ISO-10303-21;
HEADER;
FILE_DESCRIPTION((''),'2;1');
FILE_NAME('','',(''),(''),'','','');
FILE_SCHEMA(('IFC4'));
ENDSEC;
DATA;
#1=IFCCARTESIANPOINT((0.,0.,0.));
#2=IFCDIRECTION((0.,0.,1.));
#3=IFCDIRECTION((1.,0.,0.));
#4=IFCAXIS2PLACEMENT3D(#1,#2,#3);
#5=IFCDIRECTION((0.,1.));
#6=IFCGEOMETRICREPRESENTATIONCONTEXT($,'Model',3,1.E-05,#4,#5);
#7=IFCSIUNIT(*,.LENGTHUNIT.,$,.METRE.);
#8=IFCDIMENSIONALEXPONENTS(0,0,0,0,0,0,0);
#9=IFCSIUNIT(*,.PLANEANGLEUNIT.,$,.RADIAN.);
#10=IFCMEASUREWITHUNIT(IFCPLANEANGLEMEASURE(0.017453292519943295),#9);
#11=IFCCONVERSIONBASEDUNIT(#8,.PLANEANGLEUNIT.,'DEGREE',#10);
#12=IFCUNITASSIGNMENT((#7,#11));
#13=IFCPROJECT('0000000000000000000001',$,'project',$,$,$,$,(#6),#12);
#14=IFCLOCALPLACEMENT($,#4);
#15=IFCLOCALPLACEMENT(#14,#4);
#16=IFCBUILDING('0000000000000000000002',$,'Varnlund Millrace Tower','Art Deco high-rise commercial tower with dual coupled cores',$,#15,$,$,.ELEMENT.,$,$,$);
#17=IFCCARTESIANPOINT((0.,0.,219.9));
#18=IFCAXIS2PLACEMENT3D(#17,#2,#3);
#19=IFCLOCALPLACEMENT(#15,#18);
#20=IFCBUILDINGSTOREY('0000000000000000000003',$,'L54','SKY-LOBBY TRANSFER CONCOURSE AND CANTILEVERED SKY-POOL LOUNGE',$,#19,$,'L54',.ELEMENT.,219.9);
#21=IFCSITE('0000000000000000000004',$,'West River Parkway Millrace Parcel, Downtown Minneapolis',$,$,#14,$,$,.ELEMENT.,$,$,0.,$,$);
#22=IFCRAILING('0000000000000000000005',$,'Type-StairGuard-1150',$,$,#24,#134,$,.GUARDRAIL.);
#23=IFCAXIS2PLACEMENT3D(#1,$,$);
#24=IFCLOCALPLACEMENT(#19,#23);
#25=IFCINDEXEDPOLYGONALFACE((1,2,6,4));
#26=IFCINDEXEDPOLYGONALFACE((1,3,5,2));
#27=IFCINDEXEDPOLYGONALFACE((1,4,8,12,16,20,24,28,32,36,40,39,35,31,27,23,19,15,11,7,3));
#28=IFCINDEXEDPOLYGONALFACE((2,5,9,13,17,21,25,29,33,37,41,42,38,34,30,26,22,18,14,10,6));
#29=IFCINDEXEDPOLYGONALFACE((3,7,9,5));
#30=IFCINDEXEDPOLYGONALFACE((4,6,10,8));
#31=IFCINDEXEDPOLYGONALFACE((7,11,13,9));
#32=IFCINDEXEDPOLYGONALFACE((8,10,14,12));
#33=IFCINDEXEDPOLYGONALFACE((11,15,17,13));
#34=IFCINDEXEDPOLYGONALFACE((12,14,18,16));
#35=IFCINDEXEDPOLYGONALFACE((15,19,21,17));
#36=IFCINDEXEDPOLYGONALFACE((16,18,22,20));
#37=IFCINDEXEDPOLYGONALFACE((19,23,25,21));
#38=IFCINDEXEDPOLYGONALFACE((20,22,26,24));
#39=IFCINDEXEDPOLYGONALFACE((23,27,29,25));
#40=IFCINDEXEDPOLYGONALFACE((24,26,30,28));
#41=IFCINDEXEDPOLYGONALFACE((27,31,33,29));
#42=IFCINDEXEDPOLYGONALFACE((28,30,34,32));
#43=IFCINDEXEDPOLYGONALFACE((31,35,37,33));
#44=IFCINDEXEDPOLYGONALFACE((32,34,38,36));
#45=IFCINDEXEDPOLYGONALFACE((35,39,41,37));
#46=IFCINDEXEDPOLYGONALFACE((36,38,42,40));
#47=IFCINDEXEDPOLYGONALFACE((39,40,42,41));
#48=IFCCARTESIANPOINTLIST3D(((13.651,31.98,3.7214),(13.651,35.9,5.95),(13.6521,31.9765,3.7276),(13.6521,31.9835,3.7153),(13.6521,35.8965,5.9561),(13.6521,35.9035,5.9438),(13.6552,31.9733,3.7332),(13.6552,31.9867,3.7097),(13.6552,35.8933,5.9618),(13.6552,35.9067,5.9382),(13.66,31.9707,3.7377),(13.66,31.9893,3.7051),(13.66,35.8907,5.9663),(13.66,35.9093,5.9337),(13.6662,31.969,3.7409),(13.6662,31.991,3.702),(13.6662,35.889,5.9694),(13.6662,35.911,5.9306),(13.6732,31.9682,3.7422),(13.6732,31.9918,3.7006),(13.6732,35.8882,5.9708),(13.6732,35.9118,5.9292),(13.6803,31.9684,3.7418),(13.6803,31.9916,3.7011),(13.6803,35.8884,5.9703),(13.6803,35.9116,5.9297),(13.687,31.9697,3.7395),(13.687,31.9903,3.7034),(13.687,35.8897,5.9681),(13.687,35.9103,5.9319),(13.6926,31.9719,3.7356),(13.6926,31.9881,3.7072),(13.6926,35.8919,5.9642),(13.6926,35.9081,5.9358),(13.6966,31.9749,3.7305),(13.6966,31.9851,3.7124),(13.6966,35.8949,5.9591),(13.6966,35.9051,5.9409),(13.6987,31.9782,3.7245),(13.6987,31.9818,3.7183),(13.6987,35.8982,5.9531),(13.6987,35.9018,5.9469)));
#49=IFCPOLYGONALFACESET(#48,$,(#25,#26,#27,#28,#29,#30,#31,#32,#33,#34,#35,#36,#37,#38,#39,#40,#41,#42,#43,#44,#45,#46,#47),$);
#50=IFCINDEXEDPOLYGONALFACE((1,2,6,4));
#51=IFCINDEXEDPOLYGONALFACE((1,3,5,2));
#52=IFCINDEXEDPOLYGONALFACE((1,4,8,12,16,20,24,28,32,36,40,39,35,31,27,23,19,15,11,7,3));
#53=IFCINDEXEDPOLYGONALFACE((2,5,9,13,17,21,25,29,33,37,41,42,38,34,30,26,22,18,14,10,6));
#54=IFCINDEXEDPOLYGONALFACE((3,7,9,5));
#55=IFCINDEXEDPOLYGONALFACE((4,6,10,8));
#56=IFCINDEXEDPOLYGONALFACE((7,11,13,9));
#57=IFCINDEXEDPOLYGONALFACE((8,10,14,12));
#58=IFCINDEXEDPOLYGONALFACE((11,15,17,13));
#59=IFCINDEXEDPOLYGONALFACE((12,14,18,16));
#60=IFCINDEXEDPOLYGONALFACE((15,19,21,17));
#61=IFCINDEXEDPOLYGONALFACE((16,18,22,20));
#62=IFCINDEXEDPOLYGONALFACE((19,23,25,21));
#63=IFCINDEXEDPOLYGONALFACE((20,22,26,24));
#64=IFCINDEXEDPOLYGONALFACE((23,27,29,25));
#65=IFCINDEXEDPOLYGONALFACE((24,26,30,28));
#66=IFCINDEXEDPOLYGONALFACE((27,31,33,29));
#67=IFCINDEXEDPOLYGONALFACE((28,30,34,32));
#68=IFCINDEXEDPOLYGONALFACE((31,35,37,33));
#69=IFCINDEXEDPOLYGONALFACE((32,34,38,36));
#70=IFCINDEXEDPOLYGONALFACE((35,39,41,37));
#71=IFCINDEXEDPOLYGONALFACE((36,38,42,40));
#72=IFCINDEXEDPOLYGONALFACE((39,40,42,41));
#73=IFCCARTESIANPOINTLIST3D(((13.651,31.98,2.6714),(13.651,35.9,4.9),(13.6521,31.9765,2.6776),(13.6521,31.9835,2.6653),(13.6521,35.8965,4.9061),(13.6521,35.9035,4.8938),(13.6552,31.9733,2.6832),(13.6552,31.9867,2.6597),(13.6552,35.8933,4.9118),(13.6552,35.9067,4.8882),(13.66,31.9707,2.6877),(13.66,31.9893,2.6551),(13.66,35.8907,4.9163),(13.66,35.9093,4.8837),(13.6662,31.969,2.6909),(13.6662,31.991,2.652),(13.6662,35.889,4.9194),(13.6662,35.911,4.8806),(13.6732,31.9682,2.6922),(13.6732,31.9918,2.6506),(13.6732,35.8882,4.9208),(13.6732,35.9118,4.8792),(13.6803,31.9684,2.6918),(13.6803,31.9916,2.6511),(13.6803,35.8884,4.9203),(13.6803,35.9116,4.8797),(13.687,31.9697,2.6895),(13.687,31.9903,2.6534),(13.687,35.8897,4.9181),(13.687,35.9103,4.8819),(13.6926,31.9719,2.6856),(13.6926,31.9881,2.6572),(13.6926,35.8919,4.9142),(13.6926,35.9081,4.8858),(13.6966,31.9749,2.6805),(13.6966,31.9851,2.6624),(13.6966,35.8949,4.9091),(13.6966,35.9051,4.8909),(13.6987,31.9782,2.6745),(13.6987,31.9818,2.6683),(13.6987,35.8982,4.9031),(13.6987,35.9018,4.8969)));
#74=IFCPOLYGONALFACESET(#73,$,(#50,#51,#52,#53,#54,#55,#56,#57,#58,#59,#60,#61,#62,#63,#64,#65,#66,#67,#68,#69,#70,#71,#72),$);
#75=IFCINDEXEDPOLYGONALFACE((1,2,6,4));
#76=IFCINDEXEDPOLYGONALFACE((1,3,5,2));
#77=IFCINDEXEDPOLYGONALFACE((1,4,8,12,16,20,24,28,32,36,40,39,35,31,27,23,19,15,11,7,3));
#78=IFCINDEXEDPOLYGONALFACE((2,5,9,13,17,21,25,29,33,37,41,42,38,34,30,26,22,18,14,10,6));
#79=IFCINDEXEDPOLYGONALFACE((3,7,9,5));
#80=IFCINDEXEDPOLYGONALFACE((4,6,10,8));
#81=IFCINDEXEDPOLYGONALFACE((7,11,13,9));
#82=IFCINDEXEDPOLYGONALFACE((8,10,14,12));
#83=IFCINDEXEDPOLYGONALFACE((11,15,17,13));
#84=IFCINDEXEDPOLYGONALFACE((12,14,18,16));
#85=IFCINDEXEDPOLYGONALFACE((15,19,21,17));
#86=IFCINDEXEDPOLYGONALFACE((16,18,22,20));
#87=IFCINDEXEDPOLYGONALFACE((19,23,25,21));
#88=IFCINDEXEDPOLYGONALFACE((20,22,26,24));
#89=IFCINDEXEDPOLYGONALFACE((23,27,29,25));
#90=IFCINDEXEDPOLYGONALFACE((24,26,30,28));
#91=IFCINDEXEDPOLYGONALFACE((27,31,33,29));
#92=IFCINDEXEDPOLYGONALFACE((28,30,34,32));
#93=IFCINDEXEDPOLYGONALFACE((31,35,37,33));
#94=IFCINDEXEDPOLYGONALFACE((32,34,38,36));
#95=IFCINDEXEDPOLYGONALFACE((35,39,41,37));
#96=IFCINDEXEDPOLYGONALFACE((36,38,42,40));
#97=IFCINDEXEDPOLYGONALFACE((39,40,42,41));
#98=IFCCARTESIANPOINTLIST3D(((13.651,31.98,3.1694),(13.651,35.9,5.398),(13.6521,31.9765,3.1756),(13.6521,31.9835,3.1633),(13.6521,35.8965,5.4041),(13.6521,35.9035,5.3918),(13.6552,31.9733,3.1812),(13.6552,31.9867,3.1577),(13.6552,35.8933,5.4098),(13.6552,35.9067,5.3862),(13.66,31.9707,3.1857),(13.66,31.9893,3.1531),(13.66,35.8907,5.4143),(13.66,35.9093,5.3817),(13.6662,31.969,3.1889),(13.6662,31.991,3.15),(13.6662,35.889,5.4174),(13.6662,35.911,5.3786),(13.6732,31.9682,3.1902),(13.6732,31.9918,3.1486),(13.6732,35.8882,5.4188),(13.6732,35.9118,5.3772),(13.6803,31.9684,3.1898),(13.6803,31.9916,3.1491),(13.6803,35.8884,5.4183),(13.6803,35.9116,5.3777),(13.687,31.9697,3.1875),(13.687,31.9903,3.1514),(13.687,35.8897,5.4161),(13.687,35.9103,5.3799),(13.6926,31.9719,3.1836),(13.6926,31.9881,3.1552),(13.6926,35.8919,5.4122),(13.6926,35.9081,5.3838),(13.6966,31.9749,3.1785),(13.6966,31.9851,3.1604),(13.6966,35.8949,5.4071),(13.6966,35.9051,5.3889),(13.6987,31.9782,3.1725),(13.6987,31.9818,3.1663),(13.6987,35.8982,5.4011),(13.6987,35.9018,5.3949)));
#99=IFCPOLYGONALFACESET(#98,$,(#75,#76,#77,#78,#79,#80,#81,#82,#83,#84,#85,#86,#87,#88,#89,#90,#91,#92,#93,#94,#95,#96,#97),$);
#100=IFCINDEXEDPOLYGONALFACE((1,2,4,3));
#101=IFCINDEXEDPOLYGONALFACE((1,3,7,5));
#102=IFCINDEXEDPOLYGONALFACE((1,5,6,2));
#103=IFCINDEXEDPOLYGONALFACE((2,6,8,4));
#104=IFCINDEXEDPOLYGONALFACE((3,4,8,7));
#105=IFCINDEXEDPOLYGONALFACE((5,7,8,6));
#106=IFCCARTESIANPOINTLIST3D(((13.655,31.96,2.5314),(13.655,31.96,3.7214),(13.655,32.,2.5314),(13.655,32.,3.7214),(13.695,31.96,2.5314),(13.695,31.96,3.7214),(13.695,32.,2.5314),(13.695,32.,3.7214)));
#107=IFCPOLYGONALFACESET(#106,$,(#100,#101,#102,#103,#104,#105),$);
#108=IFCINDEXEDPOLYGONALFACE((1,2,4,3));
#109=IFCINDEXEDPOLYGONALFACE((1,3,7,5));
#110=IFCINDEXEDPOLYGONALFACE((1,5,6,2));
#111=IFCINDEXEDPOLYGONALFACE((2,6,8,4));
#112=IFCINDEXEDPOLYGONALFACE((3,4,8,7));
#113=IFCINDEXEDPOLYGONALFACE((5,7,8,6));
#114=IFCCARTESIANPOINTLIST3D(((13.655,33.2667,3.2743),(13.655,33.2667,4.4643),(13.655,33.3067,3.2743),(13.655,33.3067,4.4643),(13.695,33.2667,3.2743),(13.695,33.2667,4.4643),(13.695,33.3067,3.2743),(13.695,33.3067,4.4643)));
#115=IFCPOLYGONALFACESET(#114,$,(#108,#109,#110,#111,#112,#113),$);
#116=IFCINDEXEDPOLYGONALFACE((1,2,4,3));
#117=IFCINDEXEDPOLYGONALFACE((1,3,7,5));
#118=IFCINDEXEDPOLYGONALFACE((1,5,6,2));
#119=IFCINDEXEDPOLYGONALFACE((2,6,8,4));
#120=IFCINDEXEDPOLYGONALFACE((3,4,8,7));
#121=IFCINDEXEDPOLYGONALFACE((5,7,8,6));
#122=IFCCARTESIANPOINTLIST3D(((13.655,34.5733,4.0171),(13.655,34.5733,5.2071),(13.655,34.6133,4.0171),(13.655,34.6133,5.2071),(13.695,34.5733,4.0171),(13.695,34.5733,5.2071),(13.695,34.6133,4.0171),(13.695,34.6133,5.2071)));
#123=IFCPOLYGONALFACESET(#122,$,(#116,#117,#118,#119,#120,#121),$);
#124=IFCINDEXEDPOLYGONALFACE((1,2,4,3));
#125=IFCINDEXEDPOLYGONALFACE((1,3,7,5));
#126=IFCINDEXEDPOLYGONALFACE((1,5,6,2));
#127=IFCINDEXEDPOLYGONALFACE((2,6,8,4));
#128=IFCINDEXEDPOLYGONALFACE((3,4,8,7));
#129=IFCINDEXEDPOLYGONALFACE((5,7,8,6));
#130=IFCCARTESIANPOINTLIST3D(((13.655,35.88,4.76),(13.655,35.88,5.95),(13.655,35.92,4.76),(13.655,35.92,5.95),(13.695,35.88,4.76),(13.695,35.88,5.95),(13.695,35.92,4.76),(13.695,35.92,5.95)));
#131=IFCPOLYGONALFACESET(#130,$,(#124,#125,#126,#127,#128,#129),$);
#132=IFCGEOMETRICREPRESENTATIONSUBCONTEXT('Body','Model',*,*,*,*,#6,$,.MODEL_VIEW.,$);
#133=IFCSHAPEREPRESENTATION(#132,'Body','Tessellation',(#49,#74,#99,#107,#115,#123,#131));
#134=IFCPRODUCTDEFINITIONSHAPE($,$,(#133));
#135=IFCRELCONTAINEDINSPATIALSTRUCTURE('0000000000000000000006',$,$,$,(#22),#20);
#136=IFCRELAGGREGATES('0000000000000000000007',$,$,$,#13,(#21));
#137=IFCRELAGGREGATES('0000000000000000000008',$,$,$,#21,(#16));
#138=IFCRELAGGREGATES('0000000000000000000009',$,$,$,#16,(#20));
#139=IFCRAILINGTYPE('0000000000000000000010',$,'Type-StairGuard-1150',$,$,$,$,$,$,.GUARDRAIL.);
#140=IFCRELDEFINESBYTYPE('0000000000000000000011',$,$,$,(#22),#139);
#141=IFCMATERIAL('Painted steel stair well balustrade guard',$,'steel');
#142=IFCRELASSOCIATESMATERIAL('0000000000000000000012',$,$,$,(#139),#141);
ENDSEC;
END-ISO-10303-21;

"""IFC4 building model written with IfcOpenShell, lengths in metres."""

from ifc_helpers import new_model, entity, si_unit, converted_unit, direction, frame, origin_with_axes, origin_2d_with_axis, place, context, subcontext, project, spatial, rectangle, circle, extrude, material, type_object, element, save


model = new_model("IFC4")

# Units and contexts
model_context = context("Model", 3, precision=1e-05, world=origin_with_axes(), true_north=direction((0.0, 1.0)))
body_context = subcontext(model_context, "Body", "Model", "MODEL_VIEW")
ifc_project = project(units=[si_unit("LENGTHUNIT", "METRE"), converted_unit("PLANEANGLEUNIT", "DEGREE", entity("IfcPlaneAngleMeasure", 0.017453292519943295), si_unit("PLANEANGLEUNIT", "RADIAN"), dimensions=[0, 0, 0, 0, 0, 0, 0])], contexts=[model_context])

# Site, building, storey
site_placement = place(None, origin_with_axes())
site = spatial("IfcSite", under=ifc_project, at=site_placement, Name="West River Parkway Millrace Parcel, Downtown Minneapolis", CompositionType="ELEMENT", RefElevation=0.0)
building_placement = place(site_placement, origin_with_axes())
building = spatial("IfcBuilding", under=site, at=building_placement, Name="Varnlund Millrace Tower", Description="Art Deco high-rise commercial tower with dual coupled cores", CompositionType="ELEMENT")
storey_placement = place(building_placement, frame((0.0, 0.0, 219.9), z_axis=(0.0, 0.0, 1.0), x_axis=(1.0, 0.0, 0.0)))
storey = spatial("IfcBuildingStorey", under=building, at=storey_placement, Name="L54", Description="SKY-LOBBY TRANSFER CONCOURSE AND CANTILEVERED SKY-POOL LOUNGE", LongName="L54", CompositionType="ELEMENT", Elevation=219.9)

# Railing
ifc_material_1 = material(Name="Painted steel stair well balustrade guard", Category="steel")
railing_type_1 = type_object("IfcRailingType", Name="Type-StairGuard-1150", PredefinedType="GUARDRAIL", material=ifc_material_1)
railing_1_placement = place(storey_placement, frame((0.0, 0.0, -219.9), z_axis=(0.0, 0.0, 1.0), x_axis=(1.0, 0.0, 0.0)))
element("IfcRailing", 1, at=railing_1_placement, inside=storey, type_object=railing_type_1, Name="Type-StairGuard-1150", PredefinedType="GUARDRAIL", context=body_context, shape_type="SweptSolid", body=[
    extrude(circle(Radius=0.024, at=origin_2d_with_axis()), frame((13.675, 31.98, 223.6214), z_axis=(0.0, 0.869333, 0.494227), x_axis=(-1.0, 0.0, 0.0)), (0.0, 0.0, 1.0), 4.5092),
    extrude(circle(Radius=0.024, at=origin_2d_with_axis()), frame((13.675, 31.98, 222.5714), z_axis=(0.0, 0.869333, 0.494227), x_axis=(-1.0, 0.0, 0.0)), (0.0, 0.0, 1.0), 4.5092),
    extrude(circle(Radius=0.024, at=origin_2d_with_axis()), frame((13.675, 31.98, 223.0694), z_axis=(0.0, 0.869333, 0.494227), x_axis=(-1.0, 0.0, 0.0)), (0.0, 0.0, 1.0), 4.5092),
    extrude(rectangle(XDim=0.04, YDim=0.04, at=origin_2d_with_axis()), frame((13.675, 31.98, 222.4314), z_axis=(0.0, 0.0, 1.0), x_axis=(1.0, 0.0, 0.0)), (0.0, 0.0, 1.0), 1.19),
    extrude(rectangle(XDim=0.04, YDim=0.04, at=origin_2d_with_axis()), frame((13.675, 33.2867, 223.1743), z_axis=(0.0, 0.0, 1.0), x_axis=(1.0, 0.0, 0.0)), (0.0, 0.0, 1.0), 1.19),
    extrude(rectangle(XDim=0.04, YDim=0.04, at=origin_2d_with_axis()), frame((13.675, 34.5933, 223.9171), z_axis=(0.0, 0.0, 1.0), x_axis=(1.0, 0.0, 0.0)), (0.0, 0.0, 1.0), 1.19),
    extrude(rectangle(XDim=0.04, YDim=0.04, at=origin_2d_with_axis()), frame((13.675, 35.9, 224.66), z_axis=(0.0, 0.0, 1.0), x_axis=(1.0, 0.0, 0.0)), (0.0, 0.0, 1.0), 1.19),
])

save(model, "model.ifc")
